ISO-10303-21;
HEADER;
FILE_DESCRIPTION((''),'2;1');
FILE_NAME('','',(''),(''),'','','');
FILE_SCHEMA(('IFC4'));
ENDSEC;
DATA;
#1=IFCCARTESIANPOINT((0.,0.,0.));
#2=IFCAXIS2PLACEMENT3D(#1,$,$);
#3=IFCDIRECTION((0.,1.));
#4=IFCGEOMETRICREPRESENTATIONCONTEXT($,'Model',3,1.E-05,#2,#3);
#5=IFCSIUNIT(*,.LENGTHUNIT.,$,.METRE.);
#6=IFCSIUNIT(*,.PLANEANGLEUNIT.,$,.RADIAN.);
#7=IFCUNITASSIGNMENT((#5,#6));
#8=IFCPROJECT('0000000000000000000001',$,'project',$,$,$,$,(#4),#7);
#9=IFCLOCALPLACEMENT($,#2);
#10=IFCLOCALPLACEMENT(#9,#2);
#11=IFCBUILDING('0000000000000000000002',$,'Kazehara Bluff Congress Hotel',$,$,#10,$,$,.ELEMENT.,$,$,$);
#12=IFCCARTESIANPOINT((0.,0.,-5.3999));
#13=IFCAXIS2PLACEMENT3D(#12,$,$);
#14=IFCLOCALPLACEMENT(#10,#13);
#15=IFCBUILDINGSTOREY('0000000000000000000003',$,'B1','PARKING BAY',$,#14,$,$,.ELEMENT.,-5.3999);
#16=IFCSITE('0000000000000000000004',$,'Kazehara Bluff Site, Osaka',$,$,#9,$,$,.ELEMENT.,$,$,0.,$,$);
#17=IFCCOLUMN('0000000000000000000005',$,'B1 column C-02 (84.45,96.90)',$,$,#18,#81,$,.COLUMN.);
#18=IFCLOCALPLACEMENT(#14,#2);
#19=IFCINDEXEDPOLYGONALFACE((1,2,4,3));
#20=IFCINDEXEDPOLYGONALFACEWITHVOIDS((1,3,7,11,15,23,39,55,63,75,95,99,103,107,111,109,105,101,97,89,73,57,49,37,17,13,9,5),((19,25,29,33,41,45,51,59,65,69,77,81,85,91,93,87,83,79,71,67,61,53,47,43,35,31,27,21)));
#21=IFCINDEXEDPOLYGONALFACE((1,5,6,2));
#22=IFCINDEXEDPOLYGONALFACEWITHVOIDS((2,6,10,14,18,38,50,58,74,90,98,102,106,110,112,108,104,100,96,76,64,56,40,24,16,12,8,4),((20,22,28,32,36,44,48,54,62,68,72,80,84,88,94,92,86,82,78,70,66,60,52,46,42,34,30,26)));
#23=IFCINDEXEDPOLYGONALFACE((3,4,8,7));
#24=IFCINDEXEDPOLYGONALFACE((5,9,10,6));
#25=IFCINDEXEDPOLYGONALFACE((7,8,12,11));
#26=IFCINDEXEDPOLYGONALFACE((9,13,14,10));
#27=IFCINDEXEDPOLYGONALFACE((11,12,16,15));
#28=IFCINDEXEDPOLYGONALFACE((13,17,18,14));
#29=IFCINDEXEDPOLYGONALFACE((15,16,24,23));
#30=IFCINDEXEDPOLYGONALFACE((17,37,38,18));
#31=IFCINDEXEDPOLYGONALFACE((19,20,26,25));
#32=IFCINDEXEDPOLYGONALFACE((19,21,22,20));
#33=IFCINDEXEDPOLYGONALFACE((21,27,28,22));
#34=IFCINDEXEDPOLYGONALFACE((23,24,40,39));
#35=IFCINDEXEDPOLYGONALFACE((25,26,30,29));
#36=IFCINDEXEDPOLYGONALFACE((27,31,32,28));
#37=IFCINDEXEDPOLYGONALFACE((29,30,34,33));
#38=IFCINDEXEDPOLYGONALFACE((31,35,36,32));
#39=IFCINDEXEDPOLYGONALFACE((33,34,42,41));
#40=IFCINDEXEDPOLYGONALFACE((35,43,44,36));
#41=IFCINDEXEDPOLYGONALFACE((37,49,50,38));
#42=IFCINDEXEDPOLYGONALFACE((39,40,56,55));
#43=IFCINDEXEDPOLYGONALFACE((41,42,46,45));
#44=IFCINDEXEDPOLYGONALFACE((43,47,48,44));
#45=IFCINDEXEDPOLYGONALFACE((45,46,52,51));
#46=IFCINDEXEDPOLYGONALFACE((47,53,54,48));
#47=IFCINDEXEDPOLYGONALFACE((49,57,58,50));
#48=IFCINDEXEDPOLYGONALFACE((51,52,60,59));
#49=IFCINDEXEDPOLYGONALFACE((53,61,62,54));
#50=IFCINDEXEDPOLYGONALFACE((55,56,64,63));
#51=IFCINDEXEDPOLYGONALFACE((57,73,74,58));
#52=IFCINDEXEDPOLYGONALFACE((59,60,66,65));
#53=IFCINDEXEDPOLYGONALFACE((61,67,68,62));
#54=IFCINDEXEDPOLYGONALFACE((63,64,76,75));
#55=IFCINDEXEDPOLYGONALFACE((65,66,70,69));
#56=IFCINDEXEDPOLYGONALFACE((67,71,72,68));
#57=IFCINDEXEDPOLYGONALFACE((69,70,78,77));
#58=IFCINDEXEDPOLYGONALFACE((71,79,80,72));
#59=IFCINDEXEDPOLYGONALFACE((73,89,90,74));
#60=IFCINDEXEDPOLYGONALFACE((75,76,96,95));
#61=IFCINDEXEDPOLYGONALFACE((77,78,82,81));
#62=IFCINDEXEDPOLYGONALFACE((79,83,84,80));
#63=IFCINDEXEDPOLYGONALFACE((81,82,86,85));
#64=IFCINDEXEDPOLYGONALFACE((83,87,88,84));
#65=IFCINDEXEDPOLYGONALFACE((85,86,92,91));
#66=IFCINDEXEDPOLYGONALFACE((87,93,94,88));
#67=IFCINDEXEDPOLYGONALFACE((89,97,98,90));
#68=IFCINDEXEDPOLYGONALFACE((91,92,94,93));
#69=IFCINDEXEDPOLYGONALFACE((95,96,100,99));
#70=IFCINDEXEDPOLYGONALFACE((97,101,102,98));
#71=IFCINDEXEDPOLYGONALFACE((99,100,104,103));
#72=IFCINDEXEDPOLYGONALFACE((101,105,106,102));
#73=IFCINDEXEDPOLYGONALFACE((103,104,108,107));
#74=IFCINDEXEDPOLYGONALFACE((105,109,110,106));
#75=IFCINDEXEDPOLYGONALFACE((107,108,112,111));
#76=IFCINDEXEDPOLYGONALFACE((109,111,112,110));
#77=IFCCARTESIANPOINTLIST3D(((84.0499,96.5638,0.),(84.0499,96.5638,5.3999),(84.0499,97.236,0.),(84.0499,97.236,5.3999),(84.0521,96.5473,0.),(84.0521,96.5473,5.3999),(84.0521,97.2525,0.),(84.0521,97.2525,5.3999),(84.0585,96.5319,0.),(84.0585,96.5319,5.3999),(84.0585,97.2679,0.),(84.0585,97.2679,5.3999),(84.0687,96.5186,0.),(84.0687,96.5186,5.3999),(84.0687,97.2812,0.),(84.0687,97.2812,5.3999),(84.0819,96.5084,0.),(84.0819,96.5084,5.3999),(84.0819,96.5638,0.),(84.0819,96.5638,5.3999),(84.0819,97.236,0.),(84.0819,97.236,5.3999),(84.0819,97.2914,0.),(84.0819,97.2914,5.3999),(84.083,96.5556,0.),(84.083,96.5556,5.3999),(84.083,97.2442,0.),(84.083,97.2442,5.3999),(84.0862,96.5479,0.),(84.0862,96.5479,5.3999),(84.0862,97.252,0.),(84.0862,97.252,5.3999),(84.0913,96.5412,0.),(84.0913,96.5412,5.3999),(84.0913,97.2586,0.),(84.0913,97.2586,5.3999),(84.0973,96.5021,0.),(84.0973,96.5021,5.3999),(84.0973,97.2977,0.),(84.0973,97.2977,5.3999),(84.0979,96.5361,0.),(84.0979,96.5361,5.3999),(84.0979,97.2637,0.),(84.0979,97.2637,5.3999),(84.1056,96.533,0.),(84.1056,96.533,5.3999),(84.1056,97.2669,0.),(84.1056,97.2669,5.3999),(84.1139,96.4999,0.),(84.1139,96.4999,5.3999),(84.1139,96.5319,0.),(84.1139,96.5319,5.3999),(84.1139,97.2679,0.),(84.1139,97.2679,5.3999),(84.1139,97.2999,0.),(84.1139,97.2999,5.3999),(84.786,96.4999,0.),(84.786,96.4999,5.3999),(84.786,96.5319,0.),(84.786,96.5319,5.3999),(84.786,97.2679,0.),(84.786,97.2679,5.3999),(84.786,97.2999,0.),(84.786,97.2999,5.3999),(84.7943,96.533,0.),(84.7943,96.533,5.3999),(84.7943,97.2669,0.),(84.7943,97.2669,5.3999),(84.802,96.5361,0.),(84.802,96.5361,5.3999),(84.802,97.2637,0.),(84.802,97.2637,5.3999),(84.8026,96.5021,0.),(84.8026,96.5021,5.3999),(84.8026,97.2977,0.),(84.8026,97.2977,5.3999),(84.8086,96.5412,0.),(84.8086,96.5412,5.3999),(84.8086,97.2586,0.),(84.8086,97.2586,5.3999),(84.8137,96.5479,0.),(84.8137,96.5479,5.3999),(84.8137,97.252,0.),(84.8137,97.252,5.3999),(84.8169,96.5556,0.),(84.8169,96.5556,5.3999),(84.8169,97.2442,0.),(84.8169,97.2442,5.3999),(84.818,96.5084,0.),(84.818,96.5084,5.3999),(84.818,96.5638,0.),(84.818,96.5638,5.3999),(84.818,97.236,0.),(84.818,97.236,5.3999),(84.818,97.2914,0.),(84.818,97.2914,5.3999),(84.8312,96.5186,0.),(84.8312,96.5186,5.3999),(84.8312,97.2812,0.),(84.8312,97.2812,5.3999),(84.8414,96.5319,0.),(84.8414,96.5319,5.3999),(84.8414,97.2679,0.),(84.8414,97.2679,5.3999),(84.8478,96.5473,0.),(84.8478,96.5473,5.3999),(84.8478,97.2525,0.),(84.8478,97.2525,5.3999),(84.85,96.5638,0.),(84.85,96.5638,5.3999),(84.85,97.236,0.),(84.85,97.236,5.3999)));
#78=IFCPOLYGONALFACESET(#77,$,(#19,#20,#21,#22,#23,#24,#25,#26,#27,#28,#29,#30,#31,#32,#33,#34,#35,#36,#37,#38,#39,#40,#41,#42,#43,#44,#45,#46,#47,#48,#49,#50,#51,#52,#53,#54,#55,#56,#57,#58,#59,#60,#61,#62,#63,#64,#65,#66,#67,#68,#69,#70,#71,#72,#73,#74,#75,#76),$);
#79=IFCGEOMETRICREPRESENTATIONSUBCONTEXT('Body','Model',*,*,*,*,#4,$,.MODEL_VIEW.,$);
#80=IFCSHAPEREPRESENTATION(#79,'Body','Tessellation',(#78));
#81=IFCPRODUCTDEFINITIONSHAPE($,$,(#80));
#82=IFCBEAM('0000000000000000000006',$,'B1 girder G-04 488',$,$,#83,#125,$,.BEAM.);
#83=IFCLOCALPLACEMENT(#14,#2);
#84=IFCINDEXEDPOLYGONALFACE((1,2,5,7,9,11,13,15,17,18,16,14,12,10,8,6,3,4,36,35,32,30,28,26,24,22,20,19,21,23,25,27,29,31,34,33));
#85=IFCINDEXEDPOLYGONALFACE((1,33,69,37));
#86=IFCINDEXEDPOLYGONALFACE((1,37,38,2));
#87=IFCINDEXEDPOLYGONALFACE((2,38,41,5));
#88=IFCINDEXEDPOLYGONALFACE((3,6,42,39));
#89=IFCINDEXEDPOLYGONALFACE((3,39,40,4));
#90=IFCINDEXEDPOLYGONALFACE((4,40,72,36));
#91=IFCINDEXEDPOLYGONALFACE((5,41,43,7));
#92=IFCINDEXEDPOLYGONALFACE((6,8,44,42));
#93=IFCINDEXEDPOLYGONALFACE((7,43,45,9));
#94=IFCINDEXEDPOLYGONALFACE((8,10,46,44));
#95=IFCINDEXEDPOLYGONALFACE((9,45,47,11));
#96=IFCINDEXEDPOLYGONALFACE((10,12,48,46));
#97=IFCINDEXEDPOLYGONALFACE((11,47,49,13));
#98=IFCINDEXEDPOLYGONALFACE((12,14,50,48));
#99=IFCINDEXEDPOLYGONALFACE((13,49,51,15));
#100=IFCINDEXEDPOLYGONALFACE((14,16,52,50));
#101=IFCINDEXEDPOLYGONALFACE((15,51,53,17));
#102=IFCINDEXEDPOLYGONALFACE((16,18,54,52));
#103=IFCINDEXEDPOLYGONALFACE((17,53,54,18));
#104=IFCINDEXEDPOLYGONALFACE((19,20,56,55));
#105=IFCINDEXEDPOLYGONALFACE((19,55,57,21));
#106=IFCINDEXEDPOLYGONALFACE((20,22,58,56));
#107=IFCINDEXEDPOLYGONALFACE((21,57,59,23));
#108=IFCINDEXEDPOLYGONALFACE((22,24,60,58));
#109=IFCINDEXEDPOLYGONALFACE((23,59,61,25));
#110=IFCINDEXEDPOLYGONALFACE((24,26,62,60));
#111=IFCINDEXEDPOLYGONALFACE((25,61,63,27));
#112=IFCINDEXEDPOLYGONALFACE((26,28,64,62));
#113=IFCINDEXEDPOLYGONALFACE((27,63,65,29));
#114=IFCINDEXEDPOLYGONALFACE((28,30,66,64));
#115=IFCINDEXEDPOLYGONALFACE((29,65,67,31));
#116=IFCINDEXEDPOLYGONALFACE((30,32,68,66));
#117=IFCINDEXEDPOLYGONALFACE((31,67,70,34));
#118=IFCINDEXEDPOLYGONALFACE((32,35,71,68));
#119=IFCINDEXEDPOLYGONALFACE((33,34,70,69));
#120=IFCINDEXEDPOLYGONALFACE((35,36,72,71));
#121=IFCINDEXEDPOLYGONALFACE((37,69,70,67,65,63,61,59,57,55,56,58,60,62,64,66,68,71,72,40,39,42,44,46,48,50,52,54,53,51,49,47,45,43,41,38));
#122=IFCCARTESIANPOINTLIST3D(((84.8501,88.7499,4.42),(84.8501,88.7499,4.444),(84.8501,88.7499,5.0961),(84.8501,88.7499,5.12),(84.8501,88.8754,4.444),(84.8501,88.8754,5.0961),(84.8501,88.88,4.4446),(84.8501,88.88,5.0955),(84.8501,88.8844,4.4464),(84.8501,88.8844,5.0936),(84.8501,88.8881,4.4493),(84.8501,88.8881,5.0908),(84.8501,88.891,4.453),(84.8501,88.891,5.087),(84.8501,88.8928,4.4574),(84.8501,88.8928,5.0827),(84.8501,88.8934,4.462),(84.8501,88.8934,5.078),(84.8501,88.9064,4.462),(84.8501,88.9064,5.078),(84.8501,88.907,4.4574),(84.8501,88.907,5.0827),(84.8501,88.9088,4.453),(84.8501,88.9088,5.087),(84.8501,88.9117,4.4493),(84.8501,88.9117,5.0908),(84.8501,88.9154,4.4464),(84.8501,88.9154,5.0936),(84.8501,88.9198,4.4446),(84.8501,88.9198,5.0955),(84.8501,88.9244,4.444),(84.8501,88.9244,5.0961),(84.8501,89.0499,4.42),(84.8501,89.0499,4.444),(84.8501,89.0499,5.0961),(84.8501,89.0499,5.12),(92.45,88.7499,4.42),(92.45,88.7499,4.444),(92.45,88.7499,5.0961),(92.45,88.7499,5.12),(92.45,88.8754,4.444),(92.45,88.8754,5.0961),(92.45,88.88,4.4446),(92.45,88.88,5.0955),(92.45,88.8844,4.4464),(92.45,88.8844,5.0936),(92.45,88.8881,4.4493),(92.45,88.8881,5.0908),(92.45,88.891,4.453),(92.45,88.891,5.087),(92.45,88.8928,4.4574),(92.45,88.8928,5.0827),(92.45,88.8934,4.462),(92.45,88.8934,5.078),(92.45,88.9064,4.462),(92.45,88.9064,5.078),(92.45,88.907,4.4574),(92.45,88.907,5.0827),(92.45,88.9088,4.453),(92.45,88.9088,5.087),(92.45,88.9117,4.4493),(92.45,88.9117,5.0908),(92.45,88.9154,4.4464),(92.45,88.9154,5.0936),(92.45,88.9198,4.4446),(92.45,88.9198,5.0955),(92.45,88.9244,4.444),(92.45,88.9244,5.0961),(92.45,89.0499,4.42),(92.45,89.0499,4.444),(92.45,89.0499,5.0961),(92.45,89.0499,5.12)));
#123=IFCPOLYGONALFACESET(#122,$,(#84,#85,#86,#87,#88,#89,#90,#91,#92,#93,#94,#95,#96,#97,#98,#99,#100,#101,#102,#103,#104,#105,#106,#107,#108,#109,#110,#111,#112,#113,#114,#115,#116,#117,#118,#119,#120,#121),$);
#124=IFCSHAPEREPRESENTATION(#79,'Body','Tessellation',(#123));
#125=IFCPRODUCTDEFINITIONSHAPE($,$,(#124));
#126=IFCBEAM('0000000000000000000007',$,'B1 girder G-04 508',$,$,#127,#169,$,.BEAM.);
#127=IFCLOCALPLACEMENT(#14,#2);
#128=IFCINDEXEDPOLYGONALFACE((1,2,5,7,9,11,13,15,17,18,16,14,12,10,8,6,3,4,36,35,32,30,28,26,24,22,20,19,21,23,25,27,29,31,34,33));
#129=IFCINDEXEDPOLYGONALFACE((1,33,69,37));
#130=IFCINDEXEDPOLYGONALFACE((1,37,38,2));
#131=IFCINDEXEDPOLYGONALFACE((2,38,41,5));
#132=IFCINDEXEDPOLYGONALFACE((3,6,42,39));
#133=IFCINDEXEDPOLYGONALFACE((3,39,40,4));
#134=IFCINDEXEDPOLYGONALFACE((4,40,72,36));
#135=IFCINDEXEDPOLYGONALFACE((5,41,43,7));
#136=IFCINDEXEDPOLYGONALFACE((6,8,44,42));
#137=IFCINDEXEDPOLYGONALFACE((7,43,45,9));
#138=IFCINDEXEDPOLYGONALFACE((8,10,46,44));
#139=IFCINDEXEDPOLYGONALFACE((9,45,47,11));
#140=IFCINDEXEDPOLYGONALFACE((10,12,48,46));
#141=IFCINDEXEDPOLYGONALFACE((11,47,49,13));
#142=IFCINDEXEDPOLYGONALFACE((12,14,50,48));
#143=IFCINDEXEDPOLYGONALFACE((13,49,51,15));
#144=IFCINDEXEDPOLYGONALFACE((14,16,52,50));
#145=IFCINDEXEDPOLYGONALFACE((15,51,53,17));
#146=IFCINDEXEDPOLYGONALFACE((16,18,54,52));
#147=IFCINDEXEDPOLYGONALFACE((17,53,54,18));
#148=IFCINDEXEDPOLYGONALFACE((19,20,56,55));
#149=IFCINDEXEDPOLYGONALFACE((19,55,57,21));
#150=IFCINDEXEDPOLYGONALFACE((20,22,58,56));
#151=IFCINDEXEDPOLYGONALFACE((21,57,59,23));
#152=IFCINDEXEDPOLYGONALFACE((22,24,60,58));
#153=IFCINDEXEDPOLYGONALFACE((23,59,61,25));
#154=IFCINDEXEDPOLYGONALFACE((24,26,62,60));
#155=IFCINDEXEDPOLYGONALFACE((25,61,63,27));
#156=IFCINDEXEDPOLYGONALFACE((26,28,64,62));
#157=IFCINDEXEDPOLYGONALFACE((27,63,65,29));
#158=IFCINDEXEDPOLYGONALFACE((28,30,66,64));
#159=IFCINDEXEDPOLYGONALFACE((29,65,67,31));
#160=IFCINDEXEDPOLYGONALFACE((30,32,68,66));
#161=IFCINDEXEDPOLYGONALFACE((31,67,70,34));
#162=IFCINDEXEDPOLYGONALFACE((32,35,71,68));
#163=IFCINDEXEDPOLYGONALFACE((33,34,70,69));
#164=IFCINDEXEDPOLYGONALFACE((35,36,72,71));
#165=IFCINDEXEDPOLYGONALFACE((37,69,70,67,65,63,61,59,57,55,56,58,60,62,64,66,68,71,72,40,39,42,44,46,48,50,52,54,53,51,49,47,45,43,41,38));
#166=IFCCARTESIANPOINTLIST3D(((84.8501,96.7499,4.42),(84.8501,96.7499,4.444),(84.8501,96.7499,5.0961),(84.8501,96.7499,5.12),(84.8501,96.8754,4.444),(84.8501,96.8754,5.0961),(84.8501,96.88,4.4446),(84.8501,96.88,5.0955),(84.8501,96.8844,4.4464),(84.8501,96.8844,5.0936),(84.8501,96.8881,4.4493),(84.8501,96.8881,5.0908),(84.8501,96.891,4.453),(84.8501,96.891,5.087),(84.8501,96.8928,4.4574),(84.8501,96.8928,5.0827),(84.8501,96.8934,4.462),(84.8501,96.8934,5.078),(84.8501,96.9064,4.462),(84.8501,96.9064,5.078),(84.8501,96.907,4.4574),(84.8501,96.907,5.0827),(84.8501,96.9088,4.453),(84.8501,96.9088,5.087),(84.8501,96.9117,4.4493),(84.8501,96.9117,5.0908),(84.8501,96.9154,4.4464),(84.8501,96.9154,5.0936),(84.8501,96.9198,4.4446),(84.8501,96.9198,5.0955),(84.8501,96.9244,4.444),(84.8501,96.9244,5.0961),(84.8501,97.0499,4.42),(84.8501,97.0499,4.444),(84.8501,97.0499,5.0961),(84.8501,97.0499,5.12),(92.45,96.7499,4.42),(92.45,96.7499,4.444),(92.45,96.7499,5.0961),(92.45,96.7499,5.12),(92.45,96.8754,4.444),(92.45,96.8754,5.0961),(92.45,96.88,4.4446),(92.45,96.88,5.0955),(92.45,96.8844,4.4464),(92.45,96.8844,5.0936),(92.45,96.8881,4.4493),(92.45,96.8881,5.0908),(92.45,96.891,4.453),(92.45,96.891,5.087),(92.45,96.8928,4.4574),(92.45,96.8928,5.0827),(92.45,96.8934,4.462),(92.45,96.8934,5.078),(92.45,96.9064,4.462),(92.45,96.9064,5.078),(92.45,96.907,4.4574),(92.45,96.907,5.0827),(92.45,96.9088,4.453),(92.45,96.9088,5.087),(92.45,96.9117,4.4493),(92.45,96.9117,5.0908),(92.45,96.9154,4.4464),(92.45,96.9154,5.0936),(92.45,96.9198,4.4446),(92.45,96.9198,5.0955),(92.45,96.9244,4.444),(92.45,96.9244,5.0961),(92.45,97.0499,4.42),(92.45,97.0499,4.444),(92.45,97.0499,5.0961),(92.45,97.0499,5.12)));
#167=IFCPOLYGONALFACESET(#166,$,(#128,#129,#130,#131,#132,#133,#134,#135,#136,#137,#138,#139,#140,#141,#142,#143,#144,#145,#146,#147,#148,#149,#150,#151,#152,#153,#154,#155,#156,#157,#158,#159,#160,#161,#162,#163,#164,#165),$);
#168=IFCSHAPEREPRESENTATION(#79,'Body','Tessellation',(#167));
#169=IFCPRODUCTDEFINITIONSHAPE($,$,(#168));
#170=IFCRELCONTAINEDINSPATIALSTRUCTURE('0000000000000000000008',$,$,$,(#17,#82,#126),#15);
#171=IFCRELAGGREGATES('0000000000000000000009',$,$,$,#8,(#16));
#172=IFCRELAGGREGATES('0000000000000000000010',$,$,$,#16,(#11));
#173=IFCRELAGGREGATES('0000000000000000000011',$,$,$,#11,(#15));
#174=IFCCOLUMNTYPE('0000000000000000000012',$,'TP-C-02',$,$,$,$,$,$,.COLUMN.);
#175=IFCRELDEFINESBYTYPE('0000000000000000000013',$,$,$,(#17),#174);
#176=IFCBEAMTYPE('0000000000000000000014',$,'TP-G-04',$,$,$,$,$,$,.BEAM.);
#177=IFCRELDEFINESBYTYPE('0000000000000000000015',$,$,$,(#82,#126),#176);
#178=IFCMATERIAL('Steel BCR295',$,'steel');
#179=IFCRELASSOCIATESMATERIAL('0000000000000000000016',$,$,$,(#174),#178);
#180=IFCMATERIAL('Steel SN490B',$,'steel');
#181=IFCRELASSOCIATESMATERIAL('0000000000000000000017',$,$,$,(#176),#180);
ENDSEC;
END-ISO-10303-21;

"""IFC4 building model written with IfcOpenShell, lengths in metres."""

from ifc_helpers import new_model, si_unit, direction, frame, origin, origin_2d, place, context, subcontext, project, spatial, hollow_rectangle, i_section, extrude, material, material_profile, profile_set, type_object, element, save


model = new_model("IFC4")

# Units and contexts
model_context = context("Model", 3, precision=1e-05, world=origin(), true_north=direction((0.0, 1.0)))
body_context = subcontext(model_context, "Body", "Model", "MODEL_VIEW")
ifc_project = project(units=[si_unit("LENGTHUNIT", "METRE"), si_unit("PLANEANGLEUNIT", "RADIAN")], contexts=[model_context])

# Site, building, storey
site_placement = place(None, origin())
site = spatial("IfcSite", under=ifc_project, at=site_placement, Name="Kazehara Bluff Site, Osaka", CompositionType="ELEMENT", RefElevation=0.0)
building_placement = place(site_placement, origin())
building = spatial("IfcBuilding", under=site, at=building_placement, Name="Kazehara Bluff Congress Hotel", CompositionType="ELEMENT")
storey_placement = place(building_placement, frame((0.0, 0.0, -5.3999)))
storey = spatial("IfcBuildingStorey", under=building, at=storey_placement, Name="B1", Description="PARKING BAY", CompositionType="ELEMENT", Elevation=-5.3999)

# Column
ifc_material_1 = material(Name="Steel BCR295", Category="steel")
ifc_material_profile_1 = material_profile(ifc_material_1, hollow_rectangle(XDim=0.8, YDim=0.8, WallThickness=0.032, InnerFilletRadius=0.032, OuterFilletRadius=0.064, at=origin_2d()))
ifc_profile_set_1 = profile_set([ifc_material_profile_1], Name="Steel BCR295")
column_type = type_object("IfcColumnType", Name="TP-C-02", PredefinedType="COLUMN", material=ifc_profile_set_1)
for number, where, z_axis, x_axis, name in (
    (1, (84.45, 96.8999, 0.0), (0.0, 0.0, 1.0), (1.0, 0.0, 0.0), "B1 column C-02 (84.45,96.90)"),
):
    element("IfcColumn", number, at=place(storey_placement, frame(where, z_axis=z_axis, x_axis=x_axis)), inside=storey, type_object=column_type, Name=name, PredefinedType="COLUMN", context=body_context, shape_type="SweptSolid", body=[
        extrude(hollow_rectangle(XDim=0.8, YDim=0.8, WallThickness=0.032, InnerFilletRadius=0.032, OuterFilletRadius=0.064, at=origin_2d()), origin(), (0.0, 0.0, 1.0), 5.3999),
    ])

# Beams
ifc_material_2 = material(Name="Steel SN490B", Category="steel")
ifc_material_profile_2 = material_profile(ifc_material_2, i_section(OverallWidth=0.3, OverallDepth=0.7, WebThickness=0.0129, FlangeThickness=0.0239, FilletRadius=0.0181, at=origin_2d()))
ifc_profile_set_2 = profile_set([ifc_material_profile_2], Name="Steel SN490B")
beam_type_1 = type_object("IfcBeamType", Name="TP-G-04", PredefinedType="BEAM", material=ifc_profile_set_2)
for number, where, z_axis, x_axis, name in (
    (2, (84.8501, 88.8999, 4.77), (1.0, 0.0, 0.0), (0.0, 1.0, 0.0), "B1 girder G-04 488"),
    (3, (84.8501, 96.8999, 4.77), (1.0, 0.0, 0.0), (0.0, 1.0, 0.0), "B1 girder G-04 508"),
):
    element("IfcBeam", number, at=place(storey_placement, frame(where, z_axis=z_axis, x_axis=x_axis)), inside=storey, type_object=beam_type_1, Name=name, PredefinedType="BEAM", context=body_context, shape_type="SweptSolid", body=[
        extrude(i_section(OverallWidth=0.3, OverallDepth=0.7, WebThickness=0.0129, FlangeThickness=0.0239, FilletRadius=0.0181, at=origin_2d()), origin(), (0.0, 0.0, 1.0), 7.5999),
    ])

save(model, "model.ifc")
